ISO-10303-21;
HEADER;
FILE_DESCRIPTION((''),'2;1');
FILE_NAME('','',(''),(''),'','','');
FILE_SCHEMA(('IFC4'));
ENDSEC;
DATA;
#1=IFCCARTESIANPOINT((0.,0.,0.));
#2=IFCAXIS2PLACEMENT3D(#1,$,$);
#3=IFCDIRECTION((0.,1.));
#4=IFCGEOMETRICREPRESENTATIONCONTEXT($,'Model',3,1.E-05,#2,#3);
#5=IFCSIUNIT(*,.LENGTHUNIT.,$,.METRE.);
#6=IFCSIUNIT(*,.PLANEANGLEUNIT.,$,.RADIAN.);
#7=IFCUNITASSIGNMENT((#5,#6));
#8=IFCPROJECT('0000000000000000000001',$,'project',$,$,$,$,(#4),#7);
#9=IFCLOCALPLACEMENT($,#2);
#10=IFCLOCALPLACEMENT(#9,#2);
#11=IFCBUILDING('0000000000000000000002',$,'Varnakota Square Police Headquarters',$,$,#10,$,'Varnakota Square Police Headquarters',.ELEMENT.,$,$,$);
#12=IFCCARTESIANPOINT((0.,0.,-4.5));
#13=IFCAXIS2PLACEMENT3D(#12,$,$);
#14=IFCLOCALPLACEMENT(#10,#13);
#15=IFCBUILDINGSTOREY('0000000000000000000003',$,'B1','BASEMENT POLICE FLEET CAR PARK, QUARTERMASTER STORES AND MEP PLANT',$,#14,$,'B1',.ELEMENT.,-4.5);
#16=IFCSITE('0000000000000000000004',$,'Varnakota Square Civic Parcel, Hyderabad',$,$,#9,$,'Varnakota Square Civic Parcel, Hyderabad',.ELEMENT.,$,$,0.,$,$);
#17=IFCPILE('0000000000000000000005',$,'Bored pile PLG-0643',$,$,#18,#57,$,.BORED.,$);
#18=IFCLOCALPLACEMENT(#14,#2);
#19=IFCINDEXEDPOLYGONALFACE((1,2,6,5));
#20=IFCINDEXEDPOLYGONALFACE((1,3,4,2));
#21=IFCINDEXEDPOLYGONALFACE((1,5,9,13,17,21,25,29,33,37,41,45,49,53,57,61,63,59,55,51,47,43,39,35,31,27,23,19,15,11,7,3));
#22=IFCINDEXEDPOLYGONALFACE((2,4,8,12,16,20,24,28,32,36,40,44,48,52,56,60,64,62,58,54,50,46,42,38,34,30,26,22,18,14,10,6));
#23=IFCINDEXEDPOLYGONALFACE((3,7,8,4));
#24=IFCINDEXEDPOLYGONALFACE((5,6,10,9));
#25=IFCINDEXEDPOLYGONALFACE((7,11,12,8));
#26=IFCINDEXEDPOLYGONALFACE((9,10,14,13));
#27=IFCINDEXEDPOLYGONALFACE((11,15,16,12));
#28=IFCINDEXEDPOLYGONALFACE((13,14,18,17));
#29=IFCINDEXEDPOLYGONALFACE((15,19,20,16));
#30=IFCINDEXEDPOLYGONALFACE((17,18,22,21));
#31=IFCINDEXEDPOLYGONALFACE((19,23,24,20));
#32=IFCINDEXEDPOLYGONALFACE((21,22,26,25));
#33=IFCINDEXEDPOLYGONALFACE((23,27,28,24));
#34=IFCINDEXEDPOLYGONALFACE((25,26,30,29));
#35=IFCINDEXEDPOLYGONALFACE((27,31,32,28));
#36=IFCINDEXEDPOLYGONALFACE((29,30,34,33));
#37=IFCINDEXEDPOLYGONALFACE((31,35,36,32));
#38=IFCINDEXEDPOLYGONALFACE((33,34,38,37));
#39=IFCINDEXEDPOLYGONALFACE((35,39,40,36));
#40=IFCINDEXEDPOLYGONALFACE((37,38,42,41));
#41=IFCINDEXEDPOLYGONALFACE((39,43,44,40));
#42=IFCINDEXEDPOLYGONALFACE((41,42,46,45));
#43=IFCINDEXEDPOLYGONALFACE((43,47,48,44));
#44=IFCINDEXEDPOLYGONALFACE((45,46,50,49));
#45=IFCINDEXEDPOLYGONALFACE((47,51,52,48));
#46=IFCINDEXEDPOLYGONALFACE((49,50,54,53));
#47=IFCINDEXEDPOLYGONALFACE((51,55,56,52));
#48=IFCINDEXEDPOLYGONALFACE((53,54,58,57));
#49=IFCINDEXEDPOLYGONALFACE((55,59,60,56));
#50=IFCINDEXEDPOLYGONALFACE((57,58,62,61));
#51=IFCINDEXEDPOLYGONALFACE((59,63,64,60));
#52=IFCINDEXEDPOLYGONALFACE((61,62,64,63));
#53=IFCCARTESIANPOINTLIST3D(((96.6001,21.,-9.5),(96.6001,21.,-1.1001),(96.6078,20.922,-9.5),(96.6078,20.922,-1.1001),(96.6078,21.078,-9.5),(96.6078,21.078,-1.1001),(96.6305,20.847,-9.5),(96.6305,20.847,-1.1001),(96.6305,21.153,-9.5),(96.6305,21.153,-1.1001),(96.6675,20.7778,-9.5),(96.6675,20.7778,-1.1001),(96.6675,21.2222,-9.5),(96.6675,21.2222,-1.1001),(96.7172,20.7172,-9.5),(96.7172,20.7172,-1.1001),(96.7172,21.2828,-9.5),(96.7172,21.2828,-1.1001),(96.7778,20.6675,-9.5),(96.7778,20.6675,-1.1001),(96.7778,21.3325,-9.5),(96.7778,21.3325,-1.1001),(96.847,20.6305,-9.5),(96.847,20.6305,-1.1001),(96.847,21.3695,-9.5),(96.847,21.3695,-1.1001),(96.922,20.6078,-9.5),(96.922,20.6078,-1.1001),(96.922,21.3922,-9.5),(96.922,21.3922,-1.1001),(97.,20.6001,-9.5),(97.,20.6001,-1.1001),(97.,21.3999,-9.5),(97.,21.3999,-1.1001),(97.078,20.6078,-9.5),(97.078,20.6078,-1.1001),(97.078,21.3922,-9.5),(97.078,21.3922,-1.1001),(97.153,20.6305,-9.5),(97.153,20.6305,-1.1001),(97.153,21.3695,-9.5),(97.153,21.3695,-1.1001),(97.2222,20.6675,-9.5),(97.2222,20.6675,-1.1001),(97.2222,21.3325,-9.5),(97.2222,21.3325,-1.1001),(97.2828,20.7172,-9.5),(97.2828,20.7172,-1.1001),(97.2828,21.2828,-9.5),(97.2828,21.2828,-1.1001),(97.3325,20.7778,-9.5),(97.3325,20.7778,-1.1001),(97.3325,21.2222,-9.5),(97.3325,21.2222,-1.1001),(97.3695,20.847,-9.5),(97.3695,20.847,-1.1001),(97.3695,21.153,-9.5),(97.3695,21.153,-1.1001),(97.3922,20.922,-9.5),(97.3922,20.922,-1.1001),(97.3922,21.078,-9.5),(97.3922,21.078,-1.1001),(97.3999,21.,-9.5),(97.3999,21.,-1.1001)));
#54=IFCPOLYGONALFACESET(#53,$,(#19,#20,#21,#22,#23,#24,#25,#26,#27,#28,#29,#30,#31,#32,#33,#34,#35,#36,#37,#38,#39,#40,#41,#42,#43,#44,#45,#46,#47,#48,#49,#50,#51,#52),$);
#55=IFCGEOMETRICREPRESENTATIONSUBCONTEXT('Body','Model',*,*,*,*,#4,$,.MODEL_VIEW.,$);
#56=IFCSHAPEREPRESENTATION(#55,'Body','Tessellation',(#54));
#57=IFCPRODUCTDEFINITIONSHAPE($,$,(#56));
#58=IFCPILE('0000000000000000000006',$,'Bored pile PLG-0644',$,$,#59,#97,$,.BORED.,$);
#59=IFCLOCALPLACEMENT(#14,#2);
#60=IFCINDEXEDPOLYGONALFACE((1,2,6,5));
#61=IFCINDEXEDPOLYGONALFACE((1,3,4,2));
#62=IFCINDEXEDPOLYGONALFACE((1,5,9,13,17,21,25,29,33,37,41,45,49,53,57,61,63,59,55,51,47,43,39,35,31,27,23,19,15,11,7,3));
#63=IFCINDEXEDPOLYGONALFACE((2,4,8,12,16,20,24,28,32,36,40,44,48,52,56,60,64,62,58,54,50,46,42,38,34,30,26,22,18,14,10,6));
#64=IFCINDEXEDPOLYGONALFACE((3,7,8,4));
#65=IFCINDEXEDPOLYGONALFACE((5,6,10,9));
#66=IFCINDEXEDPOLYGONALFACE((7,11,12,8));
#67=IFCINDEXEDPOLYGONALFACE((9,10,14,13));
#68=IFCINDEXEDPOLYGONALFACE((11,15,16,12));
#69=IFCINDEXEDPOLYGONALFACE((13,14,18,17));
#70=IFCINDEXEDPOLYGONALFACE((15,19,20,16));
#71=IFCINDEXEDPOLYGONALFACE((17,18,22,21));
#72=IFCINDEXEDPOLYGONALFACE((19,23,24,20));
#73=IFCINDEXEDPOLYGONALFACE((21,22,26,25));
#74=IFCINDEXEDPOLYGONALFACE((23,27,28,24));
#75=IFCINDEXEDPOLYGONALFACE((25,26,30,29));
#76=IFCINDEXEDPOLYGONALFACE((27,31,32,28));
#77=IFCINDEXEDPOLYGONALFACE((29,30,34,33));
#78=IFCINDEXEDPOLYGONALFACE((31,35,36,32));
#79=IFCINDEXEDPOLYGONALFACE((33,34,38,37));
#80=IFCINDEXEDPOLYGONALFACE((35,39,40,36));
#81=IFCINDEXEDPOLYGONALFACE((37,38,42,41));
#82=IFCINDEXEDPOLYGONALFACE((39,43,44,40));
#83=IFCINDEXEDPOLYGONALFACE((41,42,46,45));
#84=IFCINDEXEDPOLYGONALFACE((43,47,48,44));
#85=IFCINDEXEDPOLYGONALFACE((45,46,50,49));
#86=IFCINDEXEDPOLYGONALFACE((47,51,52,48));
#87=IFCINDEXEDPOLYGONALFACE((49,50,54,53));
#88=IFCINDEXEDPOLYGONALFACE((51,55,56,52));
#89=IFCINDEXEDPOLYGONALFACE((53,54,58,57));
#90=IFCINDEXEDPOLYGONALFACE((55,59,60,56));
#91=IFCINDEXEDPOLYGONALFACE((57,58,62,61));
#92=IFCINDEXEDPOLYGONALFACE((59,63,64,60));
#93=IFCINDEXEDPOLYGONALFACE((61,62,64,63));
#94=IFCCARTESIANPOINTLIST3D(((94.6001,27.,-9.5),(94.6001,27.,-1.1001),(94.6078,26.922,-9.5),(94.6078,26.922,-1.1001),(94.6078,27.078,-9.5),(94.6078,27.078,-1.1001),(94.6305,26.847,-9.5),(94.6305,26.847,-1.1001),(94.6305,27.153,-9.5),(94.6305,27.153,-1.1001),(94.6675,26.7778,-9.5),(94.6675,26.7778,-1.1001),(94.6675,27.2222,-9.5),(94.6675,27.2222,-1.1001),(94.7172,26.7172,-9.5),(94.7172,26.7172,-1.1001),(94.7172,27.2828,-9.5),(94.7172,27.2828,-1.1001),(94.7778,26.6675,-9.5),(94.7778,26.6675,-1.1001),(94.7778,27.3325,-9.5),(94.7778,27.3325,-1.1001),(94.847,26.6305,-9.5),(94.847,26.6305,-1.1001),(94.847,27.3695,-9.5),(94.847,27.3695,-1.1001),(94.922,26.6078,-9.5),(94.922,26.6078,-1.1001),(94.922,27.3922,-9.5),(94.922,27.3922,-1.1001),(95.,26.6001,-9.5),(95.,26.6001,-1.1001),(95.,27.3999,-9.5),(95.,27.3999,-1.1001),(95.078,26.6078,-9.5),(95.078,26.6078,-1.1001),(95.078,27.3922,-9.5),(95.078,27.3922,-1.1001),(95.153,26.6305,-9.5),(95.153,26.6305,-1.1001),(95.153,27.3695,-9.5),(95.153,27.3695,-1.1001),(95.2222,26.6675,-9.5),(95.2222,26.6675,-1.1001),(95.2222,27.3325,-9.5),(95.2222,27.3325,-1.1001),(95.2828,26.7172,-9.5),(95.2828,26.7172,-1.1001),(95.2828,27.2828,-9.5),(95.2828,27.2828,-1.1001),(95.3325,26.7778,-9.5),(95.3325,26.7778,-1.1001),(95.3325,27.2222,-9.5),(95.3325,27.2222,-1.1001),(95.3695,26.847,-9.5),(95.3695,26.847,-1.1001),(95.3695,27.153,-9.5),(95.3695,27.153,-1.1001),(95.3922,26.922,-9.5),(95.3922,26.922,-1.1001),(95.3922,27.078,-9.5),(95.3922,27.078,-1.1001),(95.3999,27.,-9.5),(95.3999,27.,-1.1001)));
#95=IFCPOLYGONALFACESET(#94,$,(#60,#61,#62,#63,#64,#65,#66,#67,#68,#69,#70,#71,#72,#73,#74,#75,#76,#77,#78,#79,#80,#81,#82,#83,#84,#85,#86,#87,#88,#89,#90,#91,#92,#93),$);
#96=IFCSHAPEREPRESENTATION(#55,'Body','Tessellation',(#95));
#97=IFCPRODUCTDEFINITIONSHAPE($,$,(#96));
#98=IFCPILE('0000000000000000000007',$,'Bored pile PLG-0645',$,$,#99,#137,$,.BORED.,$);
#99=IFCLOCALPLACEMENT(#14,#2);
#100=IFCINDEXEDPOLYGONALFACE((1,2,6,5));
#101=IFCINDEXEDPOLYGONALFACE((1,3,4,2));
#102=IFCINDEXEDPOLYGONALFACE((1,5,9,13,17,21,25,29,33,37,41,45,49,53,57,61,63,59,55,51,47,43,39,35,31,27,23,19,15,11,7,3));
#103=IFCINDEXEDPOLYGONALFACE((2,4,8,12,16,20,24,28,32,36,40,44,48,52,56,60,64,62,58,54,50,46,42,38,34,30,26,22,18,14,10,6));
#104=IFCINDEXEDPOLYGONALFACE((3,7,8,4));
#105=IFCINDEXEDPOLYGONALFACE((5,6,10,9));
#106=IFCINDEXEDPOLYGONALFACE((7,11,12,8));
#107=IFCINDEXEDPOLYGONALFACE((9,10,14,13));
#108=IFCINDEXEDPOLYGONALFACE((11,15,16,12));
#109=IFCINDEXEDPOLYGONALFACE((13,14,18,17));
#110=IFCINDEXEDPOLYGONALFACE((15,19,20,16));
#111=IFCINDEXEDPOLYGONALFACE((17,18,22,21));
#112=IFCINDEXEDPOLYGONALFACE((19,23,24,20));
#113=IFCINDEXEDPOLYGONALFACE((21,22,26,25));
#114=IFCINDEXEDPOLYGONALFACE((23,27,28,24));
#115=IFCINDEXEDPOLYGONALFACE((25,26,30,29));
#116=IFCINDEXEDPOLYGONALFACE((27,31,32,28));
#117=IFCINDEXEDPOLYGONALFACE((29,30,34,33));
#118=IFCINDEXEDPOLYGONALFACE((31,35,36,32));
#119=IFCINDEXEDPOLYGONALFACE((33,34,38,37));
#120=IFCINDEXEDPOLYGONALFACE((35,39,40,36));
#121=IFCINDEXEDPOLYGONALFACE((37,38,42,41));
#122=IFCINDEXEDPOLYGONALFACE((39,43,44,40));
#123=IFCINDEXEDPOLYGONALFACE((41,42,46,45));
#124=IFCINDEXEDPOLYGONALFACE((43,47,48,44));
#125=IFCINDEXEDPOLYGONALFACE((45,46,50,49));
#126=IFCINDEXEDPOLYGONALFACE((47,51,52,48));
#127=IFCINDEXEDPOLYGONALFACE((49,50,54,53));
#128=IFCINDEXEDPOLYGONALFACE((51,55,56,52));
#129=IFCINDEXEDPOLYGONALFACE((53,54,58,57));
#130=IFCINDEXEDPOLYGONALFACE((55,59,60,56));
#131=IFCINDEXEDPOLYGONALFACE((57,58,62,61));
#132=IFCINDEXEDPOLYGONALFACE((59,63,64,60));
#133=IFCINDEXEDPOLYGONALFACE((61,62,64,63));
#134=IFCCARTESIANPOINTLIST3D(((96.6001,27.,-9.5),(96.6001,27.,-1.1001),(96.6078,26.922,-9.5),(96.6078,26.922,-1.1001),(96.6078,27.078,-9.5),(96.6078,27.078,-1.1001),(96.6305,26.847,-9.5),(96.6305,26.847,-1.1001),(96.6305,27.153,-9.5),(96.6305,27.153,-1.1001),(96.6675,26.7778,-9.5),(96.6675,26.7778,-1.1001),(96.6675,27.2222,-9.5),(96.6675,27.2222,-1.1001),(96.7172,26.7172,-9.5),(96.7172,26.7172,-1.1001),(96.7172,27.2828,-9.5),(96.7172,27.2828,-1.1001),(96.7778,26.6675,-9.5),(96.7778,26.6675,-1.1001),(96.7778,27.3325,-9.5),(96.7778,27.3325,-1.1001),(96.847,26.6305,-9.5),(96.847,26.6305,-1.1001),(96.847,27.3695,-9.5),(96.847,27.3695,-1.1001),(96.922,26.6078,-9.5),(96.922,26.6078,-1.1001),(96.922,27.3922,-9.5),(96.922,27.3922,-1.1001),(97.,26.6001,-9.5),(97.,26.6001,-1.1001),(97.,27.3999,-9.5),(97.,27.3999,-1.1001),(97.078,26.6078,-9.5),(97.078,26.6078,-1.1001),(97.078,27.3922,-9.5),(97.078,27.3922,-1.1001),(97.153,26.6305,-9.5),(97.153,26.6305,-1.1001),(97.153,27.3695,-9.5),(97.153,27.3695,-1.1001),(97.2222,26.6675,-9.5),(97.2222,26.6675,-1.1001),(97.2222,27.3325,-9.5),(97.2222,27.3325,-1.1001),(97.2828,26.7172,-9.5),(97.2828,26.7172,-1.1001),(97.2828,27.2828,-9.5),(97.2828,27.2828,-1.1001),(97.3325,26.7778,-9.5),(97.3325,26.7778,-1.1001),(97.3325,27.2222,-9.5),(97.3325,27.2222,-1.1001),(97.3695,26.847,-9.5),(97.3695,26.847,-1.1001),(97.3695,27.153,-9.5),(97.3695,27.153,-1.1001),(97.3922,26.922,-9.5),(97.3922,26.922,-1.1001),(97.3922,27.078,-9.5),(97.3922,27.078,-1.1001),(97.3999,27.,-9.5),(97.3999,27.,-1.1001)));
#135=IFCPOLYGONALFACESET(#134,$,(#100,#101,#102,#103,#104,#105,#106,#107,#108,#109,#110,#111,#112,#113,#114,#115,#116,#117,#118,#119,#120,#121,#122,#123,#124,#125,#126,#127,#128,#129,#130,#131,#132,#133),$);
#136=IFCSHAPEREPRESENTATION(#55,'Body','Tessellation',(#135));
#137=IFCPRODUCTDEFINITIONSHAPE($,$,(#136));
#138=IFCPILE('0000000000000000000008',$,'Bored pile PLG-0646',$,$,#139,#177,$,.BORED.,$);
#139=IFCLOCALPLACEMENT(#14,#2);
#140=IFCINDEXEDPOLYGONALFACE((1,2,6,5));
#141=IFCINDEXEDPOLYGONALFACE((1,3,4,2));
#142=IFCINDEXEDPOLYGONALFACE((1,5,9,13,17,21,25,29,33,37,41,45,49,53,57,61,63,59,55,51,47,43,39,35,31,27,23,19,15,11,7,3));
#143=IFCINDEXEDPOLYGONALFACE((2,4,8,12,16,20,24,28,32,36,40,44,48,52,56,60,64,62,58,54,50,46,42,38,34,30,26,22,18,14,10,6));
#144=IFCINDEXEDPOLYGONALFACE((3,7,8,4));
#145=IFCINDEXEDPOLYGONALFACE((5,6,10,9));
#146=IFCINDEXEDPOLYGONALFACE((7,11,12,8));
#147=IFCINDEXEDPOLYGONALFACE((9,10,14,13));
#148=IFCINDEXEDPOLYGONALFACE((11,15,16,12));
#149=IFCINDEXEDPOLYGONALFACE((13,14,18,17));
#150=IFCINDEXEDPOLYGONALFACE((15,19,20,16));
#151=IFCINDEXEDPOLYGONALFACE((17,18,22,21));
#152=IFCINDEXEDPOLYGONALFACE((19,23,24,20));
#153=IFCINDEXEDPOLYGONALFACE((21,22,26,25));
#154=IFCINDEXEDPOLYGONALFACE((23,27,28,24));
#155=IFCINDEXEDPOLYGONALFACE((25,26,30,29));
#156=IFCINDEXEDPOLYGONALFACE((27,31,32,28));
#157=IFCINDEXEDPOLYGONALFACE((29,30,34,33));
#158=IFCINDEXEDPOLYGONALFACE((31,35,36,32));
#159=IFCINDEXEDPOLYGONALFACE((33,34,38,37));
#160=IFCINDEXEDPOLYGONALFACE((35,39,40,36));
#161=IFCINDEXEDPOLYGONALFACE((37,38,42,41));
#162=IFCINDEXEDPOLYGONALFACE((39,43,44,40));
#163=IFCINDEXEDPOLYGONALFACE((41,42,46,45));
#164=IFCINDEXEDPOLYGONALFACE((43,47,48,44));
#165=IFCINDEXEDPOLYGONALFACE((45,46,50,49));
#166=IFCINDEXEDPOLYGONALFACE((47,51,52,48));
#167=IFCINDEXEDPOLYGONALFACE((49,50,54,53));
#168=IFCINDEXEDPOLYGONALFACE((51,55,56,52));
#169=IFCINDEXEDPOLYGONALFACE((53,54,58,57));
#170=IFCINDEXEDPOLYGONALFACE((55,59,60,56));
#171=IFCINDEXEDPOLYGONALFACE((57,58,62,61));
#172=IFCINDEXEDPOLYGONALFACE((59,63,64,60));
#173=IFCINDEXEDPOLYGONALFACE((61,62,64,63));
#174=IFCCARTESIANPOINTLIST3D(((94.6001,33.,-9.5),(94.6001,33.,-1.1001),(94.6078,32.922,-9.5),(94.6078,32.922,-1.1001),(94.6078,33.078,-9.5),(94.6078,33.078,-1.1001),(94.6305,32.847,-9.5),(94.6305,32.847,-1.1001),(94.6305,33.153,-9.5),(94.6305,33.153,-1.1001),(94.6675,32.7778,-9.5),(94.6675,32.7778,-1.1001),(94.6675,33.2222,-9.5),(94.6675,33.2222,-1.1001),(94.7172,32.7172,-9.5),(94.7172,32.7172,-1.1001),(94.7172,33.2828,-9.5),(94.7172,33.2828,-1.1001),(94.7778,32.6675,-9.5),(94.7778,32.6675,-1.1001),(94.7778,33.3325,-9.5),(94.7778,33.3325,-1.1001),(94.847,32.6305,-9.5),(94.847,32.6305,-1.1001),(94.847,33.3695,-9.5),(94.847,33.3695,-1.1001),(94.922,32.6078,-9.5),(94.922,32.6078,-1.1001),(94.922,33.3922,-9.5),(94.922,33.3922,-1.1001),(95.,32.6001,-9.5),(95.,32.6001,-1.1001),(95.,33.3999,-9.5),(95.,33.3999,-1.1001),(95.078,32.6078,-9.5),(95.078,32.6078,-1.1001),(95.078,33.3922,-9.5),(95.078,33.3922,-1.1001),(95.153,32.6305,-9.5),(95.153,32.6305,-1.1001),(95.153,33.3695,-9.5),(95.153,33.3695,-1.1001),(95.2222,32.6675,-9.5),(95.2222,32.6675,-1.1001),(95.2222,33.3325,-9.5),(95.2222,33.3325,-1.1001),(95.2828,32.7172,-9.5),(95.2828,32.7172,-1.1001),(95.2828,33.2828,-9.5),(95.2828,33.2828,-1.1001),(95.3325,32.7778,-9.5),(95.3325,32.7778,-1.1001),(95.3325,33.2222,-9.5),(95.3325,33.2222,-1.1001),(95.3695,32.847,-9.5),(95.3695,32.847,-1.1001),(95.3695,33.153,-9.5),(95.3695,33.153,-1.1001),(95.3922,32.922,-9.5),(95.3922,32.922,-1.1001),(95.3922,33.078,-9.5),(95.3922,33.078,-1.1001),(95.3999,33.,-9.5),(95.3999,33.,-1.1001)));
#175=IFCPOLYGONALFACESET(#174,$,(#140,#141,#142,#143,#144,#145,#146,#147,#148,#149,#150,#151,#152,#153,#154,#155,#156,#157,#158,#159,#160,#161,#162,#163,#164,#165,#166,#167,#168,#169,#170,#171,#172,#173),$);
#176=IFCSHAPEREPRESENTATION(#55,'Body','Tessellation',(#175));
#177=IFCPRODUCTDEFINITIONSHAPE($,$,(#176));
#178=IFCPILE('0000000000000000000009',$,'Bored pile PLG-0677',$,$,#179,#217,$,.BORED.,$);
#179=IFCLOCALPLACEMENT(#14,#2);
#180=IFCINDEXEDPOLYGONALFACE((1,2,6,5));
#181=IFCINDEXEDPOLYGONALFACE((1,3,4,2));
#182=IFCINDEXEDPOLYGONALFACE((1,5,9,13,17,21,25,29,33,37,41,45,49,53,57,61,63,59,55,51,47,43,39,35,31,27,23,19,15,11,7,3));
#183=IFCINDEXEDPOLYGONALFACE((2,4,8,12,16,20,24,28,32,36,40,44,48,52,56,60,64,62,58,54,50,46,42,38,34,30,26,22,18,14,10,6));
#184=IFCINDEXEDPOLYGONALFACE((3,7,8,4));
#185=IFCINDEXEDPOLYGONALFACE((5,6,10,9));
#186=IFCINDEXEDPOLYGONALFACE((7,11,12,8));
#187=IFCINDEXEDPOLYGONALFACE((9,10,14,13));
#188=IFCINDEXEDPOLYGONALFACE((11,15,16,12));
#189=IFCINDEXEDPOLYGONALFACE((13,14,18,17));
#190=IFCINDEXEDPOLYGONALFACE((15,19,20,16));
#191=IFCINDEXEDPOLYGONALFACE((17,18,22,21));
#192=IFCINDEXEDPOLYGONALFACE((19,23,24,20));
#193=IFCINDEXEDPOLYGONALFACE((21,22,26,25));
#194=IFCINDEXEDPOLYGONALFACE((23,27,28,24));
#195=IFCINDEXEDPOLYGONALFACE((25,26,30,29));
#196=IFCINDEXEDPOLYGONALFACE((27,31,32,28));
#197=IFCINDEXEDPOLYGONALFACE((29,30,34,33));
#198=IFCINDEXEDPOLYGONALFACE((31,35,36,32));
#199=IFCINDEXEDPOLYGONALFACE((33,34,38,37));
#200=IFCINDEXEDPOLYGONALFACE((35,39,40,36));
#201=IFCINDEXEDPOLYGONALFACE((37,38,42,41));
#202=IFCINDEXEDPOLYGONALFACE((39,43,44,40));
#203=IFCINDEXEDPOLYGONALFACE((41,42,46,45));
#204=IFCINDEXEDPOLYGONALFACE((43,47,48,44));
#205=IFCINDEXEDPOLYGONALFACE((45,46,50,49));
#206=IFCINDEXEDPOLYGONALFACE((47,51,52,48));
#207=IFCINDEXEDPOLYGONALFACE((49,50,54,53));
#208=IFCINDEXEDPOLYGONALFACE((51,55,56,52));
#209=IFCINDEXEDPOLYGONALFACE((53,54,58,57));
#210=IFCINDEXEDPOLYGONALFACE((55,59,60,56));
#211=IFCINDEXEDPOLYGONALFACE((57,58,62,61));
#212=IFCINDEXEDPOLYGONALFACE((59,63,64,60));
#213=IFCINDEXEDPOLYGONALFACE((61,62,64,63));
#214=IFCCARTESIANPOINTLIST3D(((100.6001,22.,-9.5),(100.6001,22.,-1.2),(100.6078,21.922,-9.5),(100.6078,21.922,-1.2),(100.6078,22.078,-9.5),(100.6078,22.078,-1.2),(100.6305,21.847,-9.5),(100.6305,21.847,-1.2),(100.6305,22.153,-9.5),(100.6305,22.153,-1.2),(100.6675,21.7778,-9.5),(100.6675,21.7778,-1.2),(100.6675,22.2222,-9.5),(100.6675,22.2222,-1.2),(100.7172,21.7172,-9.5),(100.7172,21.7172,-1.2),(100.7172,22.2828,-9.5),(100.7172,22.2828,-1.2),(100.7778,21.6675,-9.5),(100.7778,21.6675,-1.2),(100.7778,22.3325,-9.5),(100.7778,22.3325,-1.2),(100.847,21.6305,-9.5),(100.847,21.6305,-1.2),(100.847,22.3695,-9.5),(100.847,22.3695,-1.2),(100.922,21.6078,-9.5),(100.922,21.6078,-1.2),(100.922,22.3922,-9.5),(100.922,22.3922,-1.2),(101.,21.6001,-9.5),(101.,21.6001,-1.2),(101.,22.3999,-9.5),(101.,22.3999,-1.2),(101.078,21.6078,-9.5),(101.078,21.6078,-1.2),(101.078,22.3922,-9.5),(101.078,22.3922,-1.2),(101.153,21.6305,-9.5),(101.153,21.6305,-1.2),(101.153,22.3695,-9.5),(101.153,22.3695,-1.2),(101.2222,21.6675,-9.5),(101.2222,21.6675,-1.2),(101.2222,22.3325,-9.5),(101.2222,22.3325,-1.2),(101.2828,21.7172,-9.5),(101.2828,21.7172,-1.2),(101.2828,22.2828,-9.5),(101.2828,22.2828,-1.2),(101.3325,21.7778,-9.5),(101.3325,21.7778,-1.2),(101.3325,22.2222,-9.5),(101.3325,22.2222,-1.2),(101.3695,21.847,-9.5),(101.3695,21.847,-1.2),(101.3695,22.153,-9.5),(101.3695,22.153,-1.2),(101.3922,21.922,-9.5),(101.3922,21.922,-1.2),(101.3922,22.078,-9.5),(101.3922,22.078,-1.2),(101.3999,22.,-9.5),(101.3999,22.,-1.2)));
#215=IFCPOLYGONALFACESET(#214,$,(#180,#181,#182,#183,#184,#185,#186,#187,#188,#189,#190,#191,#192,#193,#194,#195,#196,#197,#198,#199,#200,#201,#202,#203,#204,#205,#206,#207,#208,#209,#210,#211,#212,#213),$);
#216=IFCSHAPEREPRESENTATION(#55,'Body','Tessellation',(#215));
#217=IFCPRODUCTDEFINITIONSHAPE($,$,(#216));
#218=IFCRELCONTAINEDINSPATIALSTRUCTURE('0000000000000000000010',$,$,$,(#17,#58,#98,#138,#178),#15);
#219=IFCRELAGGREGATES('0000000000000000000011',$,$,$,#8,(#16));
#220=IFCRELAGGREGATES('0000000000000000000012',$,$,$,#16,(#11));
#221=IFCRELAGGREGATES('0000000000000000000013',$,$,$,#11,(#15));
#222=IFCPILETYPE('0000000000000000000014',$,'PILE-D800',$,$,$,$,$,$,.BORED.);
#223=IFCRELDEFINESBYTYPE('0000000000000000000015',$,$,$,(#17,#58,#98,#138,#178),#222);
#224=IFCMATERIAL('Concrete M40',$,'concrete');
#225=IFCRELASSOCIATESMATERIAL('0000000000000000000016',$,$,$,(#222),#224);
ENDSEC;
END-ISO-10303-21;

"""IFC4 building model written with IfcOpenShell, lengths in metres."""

from ifc_helpers import new_model, si_unit, direction, frame, origin, origin_2d, place, context, subcontext, project, spatial, circle, extrude, material, material_profile, profile_set, type_object, element, save


model = new_model("IFC4")

# Units and contexts
model_context = context("Model", 3, precision=1e-05, world=origin(), true_north=direction((0.0, 1.0)))
body_context = subcontext(model_context, "Body", "Model", "MODEL_VIEW")
ifc_project = project(units=[si_unit("LENGTHUNIT", "METRE"), si_unit("PLANEANGLEUNIT", "RADIAN")], contexts=[model_context])

# Site, building, storey
site_placement = place(None, origin())
site = spatial("IfcSite", under=ifc_project, at=site_placement, Name="Varnakota Square Civic Parcel, Hyderabad", LongName="Varnakota Square Civic Parcel, Hyderabad", CompositionType="ELEMENT", RefElevation=0.0)
building_placement = place(site_placement, origin())
building = spatial("IfcBuilding", under=site, at=building_placement, Name="Varnakota Square Police Headquarters", LongName="Varnakota Square Police Headquarters", CompositionType="ELEMENT")
storey_placement = place(building_placement, frame((0.0, 0.0, -4.5)))
storey = spatial("IfcBuildingStorey", under=building, at=storey_placement, Name="B1", Description="BASEMENT POLICE FLEET CAR PARK, QUARTERMASTER STORES AND MEP PLANT", LongName="B1", CompositionType="ELEMENT", Elevation=-4.5)

# Shared definitions
ifc_material_1 = material(Name="Concrete M40", Category="concrete")

# Piles
ifc_material_profile_1 = material_profile(ifc_material_1, circle(Radius=0.3999, at=origin_2d()), Name="BORED PILE 800")
ifc_profile_set_1 = profile_set([ifc_material_profile_1], Name="Concrete M40")
pile_type = type_object("IfcPileType", Name="PILE-D800", PredefinedType="BORED", material=ifc_profile_set_1)
for number, where, z_axis, x_axis, name in (
    (1, (97.0, 21.0, -1.1001), (0.0, 0.0, -1.0), (1.0, 0.0, 0.0), "Bored pile PLG-0643"),
    (2, (95.0, 27.0, -1.1001), (0.0, 0.0, -1.0), (1.0, 0.0, 0.0), "Bored pile PLG-0644"),
    (3, (97.0, 27.0, -1.1001), (0.0, 0.0, -1.0), (1.0, 0.0, 0.0), "Bored pile PLG-0645"),
    (4, (95.0, 33.0, -1.1001), (0.0, 0.0, -1.0), (1.0, 0.0, 0.0), "Bored pile PLG-0646"),
):
    element("IfcPile", number, at=place(storey_placement, frame(where, z_axis=z_axis, x_axis=x_axis)), inside=storey, type_object=pile_type, Name=name, PredefinedType="BORED", context=body_context, shape_type="SweptSolid", body=[
        extrude(circle(Radius=0.3999, at=origin_2d()), origin(), (0.0, 0.0, 1.0), 8.3999),
    ])
pile_placement = place(storey_placement, frame((101.0, 22.0, -1.2), z_axis=(0.0, 0.0, -1.0), x_axis=(1.0, 0.0, 0.0)))
element("IfcPile", 5, at=pile_placement, inside=storey, type_object=pile_type, Name="Bored pile PLG-0677", PredefinedType="BORED", context=body_context, shape_type="SweptSolid", body=[
    extrude(circle(Radius=0.3999, at=origin_2d()), origin(), (0.0, 0.0, 1.0), 8.3),
])

save(model, "model.ifc")
